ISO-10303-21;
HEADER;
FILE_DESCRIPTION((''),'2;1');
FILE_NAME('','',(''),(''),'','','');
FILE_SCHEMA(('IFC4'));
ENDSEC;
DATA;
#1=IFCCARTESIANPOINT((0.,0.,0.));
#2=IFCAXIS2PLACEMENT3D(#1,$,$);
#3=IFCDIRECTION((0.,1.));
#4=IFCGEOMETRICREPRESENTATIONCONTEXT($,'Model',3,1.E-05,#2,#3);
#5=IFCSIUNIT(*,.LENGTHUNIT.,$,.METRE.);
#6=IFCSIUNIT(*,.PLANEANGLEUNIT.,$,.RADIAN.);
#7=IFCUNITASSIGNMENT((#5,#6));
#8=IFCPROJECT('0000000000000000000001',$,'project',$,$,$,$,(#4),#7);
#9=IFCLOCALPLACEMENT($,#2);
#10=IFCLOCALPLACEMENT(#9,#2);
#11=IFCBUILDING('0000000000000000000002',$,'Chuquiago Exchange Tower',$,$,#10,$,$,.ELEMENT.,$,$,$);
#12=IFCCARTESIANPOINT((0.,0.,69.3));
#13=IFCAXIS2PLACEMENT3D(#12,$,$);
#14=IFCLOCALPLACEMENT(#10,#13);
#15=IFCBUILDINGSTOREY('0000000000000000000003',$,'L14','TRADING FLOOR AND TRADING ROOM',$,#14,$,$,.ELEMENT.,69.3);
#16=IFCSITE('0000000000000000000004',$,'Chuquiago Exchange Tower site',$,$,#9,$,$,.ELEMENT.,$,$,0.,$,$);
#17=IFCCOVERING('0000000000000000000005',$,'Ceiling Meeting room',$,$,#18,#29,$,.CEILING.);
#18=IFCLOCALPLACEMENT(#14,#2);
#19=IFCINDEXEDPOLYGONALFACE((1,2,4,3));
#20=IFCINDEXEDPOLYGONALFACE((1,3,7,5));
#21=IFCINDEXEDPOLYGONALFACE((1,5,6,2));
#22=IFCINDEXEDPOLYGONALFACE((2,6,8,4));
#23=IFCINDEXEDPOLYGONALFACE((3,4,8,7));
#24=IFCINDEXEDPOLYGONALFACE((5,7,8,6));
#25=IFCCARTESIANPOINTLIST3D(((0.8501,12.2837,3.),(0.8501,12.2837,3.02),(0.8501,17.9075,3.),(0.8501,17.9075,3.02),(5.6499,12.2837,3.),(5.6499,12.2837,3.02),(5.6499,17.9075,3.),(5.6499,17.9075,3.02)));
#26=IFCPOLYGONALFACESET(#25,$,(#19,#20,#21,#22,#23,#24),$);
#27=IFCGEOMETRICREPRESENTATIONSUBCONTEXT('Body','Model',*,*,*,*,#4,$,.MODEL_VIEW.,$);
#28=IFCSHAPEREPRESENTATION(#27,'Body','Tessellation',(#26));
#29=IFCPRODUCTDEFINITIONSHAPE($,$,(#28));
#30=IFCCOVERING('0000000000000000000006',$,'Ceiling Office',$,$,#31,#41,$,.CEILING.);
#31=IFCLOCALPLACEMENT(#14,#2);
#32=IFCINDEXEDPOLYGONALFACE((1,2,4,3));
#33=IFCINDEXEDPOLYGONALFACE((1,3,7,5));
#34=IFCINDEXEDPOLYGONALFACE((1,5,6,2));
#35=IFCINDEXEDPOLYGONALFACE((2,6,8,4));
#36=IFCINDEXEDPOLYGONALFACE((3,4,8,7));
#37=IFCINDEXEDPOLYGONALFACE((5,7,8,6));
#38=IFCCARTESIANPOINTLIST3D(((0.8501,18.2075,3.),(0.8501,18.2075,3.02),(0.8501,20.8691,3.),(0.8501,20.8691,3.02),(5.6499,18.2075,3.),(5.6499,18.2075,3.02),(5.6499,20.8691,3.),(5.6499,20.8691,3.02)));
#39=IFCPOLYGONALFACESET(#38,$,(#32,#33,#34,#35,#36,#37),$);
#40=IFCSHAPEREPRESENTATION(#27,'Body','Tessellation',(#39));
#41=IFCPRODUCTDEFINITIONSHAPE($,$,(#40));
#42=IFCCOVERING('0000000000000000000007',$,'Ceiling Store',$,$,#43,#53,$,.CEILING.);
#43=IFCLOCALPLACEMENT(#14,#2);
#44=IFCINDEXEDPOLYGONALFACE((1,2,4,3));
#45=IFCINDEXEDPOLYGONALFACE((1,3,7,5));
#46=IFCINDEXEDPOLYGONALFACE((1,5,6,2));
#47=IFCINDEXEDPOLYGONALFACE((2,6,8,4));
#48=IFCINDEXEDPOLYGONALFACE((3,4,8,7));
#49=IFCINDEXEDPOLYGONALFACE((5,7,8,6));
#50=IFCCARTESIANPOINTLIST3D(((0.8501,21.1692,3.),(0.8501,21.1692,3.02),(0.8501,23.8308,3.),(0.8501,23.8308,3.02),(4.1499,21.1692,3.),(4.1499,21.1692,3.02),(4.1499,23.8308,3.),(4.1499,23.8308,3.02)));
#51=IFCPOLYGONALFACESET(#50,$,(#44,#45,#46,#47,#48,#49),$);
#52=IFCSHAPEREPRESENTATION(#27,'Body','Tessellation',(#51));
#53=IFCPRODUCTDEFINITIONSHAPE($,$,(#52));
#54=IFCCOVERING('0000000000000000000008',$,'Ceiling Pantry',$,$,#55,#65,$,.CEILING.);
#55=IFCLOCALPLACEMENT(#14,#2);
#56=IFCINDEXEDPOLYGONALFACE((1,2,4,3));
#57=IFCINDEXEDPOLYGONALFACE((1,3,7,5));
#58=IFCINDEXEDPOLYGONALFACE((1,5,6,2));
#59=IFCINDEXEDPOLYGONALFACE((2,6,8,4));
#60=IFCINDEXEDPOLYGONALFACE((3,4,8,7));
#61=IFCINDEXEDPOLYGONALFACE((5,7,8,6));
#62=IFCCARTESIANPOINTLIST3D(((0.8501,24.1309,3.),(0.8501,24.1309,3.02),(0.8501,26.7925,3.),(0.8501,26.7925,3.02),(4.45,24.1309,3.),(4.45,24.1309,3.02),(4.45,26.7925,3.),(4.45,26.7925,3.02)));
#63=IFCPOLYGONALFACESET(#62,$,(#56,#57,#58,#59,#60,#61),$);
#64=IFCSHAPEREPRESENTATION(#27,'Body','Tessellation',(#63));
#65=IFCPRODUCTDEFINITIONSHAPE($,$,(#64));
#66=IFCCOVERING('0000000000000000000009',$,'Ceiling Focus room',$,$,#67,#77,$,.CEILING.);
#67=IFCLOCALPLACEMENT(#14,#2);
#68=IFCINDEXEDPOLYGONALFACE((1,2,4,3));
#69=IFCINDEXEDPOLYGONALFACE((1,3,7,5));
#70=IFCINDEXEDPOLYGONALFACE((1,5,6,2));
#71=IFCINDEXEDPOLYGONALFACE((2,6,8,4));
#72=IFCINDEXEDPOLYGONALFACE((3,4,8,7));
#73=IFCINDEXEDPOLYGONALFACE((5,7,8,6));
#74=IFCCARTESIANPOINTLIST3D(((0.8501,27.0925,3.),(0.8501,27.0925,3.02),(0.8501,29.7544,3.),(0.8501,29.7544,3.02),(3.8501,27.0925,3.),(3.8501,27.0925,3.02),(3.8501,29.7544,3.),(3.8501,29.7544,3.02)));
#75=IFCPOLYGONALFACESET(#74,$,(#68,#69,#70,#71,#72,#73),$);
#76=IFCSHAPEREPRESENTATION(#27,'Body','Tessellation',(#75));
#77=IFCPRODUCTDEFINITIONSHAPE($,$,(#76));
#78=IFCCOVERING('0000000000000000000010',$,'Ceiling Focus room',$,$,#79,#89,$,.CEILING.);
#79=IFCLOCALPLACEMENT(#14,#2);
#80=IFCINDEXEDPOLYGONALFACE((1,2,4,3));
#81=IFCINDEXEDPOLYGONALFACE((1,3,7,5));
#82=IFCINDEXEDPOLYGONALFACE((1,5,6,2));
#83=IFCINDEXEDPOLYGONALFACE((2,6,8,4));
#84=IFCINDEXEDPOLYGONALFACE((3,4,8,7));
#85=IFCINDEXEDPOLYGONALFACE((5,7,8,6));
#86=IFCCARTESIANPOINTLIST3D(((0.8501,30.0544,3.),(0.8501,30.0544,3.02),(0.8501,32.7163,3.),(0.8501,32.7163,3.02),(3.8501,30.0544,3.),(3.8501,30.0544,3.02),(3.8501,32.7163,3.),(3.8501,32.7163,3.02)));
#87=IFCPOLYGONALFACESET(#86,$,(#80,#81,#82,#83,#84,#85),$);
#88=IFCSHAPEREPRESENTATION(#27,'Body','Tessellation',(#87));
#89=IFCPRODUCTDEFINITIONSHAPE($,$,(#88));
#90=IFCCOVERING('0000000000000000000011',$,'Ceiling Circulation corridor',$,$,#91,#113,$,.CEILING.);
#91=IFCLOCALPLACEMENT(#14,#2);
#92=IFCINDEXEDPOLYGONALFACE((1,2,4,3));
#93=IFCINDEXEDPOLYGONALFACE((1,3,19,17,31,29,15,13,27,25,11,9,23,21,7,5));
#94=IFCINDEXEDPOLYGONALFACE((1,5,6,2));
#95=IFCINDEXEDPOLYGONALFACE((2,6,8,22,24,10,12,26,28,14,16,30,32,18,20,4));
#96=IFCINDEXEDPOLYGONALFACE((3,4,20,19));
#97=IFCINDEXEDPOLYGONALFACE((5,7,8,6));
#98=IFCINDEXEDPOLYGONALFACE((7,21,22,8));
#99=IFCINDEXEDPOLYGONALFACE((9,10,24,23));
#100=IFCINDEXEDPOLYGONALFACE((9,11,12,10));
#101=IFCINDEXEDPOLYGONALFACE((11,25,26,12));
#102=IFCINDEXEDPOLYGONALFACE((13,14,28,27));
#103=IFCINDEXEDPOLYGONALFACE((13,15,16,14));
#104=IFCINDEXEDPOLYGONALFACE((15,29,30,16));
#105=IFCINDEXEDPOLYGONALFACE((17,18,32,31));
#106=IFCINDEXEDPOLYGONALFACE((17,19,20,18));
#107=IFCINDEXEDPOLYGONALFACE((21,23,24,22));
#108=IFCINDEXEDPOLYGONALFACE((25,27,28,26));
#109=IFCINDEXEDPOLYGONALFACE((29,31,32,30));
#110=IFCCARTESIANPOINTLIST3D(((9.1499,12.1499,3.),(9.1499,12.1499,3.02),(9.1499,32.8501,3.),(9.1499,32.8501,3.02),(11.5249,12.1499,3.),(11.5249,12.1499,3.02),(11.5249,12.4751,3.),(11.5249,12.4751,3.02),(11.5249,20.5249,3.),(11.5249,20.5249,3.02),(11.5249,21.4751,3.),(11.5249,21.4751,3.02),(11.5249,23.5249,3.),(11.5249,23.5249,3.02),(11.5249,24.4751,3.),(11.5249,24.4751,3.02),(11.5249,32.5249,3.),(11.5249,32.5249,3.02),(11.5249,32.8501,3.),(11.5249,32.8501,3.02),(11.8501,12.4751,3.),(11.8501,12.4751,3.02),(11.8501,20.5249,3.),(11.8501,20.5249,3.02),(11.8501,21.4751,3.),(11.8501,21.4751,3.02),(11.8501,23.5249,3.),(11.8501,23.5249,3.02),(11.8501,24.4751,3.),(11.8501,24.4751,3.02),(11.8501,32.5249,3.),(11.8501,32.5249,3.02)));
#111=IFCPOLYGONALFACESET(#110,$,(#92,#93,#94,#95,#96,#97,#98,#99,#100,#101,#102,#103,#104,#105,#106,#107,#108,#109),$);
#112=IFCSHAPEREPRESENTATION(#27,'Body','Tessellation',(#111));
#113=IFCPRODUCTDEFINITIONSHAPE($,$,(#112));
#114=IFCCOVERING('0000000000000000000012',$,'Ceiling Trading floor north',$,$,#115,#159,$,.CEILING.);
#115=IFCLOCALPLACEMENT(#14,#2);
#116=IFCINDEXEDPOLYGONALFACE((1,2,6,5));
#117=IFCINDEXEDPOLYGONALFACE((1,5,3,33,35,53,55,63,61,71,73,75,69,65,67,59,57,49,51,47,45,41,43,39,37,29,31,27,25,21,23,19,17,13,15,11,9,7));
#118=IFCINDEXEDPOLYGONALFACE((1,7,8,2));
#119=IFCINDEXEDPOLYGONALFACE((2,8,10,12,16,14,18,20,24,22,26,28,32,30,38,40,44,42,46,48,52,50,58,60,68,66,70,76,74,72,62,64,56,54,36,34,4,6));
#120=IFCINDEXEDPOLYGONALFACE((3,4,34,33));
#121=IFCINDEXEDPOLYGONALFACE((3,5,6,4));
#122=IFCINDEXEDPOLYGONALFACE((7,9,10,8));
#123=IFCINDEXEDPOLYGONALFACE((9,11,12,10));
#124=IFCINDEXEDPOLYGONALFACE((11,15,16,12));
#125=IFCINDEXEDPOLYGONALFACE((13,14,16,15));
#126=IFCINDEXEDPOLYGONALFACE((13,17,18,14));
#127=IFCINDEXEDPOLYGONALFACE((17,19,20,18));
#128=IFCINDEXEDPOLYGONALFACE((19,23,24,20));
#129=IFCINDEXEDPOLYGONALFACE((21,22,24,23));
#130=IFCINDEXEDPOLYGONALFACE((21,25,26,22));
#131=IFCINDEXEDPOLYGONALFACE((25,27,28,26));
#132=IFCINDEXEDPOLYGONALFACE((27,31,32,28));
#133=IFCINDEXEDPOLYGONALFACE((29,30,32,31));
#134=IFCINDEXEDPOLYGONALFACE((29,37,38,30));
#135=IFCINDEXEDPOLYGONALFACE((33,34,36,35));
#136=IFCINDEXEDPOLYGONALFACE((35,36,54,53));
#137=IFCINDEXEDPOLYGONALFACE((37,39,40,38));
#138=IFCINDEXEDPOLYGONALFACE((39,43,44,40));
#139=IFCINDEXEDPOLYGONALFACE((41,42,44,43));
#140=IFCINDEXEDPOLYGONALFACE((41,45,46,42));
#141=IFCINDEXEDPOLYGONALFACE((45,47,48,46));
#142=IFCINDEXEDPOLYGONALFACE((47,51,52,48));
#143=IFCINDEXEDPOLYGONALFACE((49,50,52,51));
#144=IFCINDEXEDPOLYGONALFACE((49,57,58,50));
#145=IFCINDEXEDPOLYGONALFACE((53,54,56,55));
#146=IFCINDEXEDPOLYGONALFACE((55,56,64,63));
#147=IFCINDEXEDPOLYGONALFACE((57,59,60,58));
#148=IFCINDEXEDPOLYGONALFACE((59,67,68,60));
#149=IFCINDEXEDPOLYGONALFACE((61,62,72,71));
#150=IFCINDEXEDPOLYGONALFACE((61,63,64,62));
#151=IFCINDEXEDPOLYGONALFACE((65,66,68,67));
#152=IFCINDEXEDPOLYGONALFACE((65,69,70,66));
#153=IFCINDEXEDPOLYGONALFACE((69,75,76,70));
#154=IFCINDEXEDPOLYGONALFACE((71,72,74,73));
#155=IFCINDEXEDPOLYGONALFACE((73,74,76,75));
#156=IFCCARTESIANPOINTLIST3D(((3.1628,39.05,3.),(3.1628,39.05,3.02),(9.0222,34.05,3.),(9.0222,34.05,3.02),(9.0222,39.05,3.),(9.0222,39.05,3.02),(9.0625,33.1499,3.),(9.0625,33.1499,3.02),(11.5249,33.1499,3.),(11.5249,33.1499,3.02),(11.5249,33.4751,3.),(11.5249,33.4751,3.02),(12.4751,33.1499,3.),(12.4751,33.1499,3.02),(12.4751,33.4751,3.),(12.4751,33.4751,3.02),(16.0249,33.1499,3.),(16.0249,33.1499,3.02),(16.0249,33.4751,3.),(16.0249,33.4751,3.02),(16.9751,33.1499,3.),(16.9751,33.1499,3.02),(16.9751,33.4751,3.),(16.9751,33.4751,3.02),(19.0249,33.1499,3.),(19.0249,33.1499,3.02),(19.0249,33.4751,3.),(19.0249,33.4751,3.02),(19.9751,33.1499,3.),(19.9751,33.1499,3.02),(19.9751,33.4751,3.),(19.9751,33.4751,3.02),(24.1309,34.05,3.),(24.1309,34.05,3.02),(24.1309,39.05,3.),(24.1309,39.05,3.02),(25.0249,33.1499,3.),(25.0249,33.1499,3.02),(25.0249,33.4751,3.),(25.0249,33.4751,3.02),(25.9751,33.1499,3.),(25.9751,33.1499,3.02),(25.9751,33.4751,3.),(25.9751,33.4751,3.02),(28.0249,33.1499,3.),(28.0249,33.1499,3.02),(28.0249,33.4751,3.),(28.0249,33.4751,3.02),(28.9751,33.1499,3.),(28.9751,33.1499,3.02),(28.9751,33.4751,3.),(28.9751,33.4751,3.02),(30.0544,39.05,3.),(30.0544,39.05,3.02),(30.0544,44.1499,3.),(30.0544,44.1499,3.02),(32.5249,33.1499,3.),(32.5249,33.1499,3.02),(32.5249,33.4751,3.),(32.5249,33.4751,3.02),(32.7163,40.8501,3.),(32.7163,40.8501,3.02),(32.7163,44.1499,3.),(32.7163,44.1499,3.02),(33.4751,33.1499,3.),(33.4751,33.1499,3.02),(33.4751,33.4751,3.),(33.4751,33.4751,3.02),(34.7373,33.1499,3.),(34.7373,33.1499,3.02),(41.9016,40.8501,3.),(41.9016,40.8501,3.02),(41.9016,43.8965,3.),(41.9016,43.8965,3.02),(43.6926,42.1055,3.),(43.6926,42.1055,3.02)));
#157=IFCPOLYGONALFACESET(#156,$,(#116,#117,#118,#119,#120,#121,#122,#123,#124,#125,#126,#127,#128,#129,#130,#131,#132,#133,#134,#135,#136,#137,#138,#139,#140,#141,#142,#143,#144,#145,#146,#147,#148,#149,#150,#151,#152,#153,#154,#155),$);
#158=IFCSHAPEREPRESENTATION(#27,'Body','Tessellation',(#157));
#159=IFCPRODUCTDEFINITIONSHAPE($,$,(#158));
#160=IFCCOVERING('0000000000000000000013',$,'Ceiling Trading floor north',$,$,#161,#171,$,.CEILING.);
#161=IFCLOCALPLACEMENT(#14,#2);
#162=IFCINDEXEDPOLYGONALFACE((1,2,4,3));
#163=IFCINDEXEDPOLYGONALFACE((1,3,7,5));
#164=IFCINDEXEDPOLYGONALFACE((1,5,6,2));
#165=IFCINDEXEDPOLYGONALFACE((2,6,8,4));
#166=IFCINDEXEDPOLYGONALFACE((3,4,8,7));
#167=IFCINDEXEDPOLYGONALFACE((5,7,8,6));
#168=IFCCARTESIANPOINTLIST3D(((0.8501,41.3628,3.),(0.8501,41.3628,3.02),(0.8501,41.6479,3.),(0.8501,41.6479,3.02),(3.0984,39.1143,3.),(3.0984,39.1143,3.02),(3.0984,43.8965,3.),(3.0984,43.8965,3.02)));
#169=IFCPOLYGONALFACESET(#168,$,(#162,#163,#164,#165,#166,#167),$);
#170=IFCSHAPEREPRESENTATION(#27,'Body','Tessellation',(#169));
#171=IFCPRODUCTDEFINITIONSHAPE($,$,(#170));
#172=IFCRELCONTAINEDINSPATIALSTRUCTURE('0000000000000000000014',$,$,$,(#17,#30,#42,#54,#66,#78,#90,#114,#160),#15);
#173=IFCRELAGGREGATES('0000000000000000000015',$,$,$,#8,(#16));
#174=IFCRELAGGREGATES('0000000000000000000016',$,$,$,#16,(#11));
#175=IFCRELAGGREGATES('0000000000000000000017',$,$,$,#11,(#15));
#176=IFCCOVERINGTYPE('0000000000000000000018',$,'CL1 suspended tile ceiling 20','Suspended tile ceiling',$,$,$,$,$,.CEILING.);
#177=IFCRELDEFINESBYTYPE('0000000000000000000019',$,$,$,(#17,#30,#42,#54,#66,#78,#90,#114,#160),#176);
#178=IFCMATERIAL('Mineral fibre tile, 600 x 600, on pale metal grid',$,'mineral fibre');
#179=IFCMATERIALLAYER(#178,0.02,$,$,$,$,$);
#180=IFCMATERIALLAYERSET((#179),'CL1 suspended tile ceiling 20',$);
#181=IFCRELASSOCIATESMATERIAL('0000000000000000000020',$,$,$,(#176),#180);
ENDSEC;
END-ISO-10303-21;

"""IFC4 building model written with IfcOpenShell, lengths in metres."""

from ifc_helpers import new_model, si_unit, direction, frame, origin, place, context, subcontext, project, spatial, polyline, outline, extrude, material, layer, layer_set, type_object, element, save


model = new_model("IFC4")

# Units and contexts
model_context = context("Model", 3, precision=1e-05, world=origin(), true_north=direction((0.0, 1.0)))
body_context = subcontext(model_context, "Body", "Model", "MODEL_VIEW")
ifc_project = project(units=[si_unit("LENGTHUNIT", "METRE"), si_unit("PLANEANGLEUNIT", "RADIAN")], contexts=[model_context])

# Site, building, storey
site_placement = place(None, origin())
site = spatial("IfcSite", under=ifc_project, at=site_placement, Name="Chuquiago Exchange Tower site", CompositionType="ELEMENT", RefElevation=0.0)
building_placement = place(site_placement, origin())
building = spatial("IfcBuilding", under=site, at=building_placement, Name="Chuquiago Exchange Tower", CompositionType="ELEMENT")
storey_placement = place(building_placement, frame((0.0, 0.0, 69.3)))
storey = spatial("IfcBuildingStorey", under=building, at=storey_placement, Name="L14", Description="TRADING FLOOR AND TRADING ROOM", CompositionType="ELEMENT", Elevation=69.3)

# Coverings
ifc_material_1 = material(Name="Mineral fibre tile, 600 x 600, on pale metal grid", Category="mineral fibre")
ifc_layer_1 = layer(ifc_material_1, 0.02)
ifc_layer_set_1 = layer_set([ifc_layer_1], Name="CL1 suspended tile ceiling 20")
covering_type_1 = type_object("IfcCoveringType", Name="CL1 suspended tile ceiling 20", Description="Suspended tile ceiling", PredefinedType="CEILING", material=ifc_layer_set_1)
covering_1_placement = place(storey_placement, frame((0.0, 0.0, 3.0)))
element("IfcCovering", 1, at=covering_1_placement, inside=storey, type_object=covering_type_1, Name="Ceiling Meeting room", PredefinedType="CEILING", context=body_context, shape_type="SweptSolid", body=[
    extrude(outline(polyline([(5.6499, 17.9075), (5.6499, 12.2837), (0.8501, 12.2837), (0.8501, 17.9075), (5.6499, 17.9075)])), origin(), (0.0, 0.0, 1.0), 0.02),
])
covering_2_placement = place(storey_placement, frame((0.0, 0.0, 3.0)))
element("IfcCovering", 2, at=covering_2_placement, inside=storey, type_object=covering_type_1, Name="Ceiling Office", PredefinedType="CEILING", context=body_context, shape_type="SweptSolid", body=[
    extrude(outline(polyline([(5.6499, 20.8691), (5.6499, 18.2075), (0.8501, 18.2075), (0.8501, 20.8691), (5.6499, 20.8691)])), origin(), (0.0, 0.0, 1.0), 0.02),
])
covering_3_placement = place(storey_placement, frame((0.0, 0.0, 3.0)))
element("IfcCovering", 3, at=covering_3_placement, inside=storey, type_object=covering_type_1, Name="Ceiling Store", PredefinedType="CEILING", context=body_context, shape_type="SweptSolid", body=[
    extrude(outline(polyline([(4.1499, 23.8308), (4.1499, 21.1692), (0.8501, 21.1692), (0.8501, 23.8308), (4.1499, 23.8308)])), origin(), (0.0, 0.0, 1.0), 0.02),
])
covering_4_placement = place(storey_placement, frame((0.0, 0.0, 3.0)))
element("IfcCovering", 4, at=covering_4_placement, inside=storey, type_object=covering_type_1, Name="Ceiling Pantry", PredefinedType="CEILING", context=body_context, shape_type="SweptSolid", body=[
    extrude(outline(polyline([(4.45, 26.7925), (4.45, 24.1309), (0.8501, 24.1309), (0.8501, 26.7925), (4.45, 26.7925)])), origin(), (0.0, 0.0, 1.0), 0.02),
])
covering_5_placement = place(storey_placement, frame((0.0, 0.0, 3.0)))
element("IfcCovering", 5, at=covering_5_placement, inside=storey, type_object=covering_type_1, Name="Ceiling Focus room", PredefinedType="CEILING", context=body_context, shape_type="SweptSolid", body=[
    extrude(outline(polyline([(3.8501, 29.7544), (3.8501, 27.0925), (0.8501, 27.0925), (0.8501, 29.7544), (3.8501, 29.7544)])), origin(), (0.0, 0.0, 1.0), 0.02),
])
covering_6_placement = place(storey_placement, frame((0.0, 0.0, 3.0)))
element("IfcCovering", 6, at=covering_6_placement, inside=storey, type_object=covering_type_1, Name="Ceiling Focus room", PredefinedType="CEILING", context=body_context, shape_type="SweptSolid", body=[
    extrude(outline(polyline([(3.8501, 32.7163), (3.8501, 30.0544), (0.8501, 30.0544), (0.8501, 32.7163), (3.8501, 32.7163)])), origin(), (0.0, 0.0, 1.0), 0.02),
])
covering_7_placement = place(storey_placement, frame((0.0, 0.0, 3.0)))
element("IfcCovering", 7, at=covering_7_placement, inside=storey, type_object=covering_type_1, Name="Ceiling Circulation corridor", PredefinedType="CEILING", context=body_context, shape_type="SweptSolid", body=[
    extrude(outline(polyline([(9.1499, 12.1499), (9.1499, 32.8501), (11.5249, 32.8501), (11.5249, 32.5249), (11.8501, 32.5249), (11.8501, 24.4751), (11.5249, 24.4751), (11.5249, 23.5249), (11.8501, 23.5249), (11.8501, 21.4751), (11.5249, 21.4751), (11.5249, 20.5249), (11.8501, 20.5249), (11.8501, 12.4751), (11.5249, 12.4751), (11.5249, 12.1499), (9.1499, 12.1499)])), origin(), (0.0, 0.0, 1.0), 0.02),
])
covering_8_placement = place(storey_placement, frame((0.0, 0.0, 3.0)))
element("IfcCovering", 8, at=covering_8_placement, inside=storey, type_object=covering_type_1, Name="Ceiling Trading floor north", PredefinedType="CEILING", context=body_context, shape_type="SweptSolid", body=[
    extrude(outline(polyline([(9.0222, 39.05), (9.0222, 34.05), (24.1309, 34.05), (24.1309, 39.05), (30.0544, 39.05), (30.0544, 44.1499), (32.7163, 44.1499), (32.7163, 40.8501), (41.9016, 40.8501), (41.9016, 43.8965), (43.6926, 42.1055), (34.7373, 33.1499), (33.4751, 33.1499), (33.4751, 33.4751), (32.5249, 33.4751), (32.5249, 33.1499), (28.9751, 33.1499), (28.9751, 33.4751), (28.0249, 33.4751), (28.0249, 33.1499), (25.9751, 33.1499), (25.9751, 33.4751), (25.0249, 33.4751), (25.0249, 33.1499), (19.9751, 33.1499), (19.9751, 33.4751), (19.0249, 33.4751), (19.0249, 33.1499), (16.9751, 33.1499), (16.9751, 33.4751), (16.0249, 33.4751), (16.0249, 33.1499), (12.4751, 33.1499), (12.4751, 33.4751), (11.5249, 33.4751), (11.5249, 33.1499), (9.0625, 33.1499), (3.1628, 39.05), (9.0222, 39.05)])), origin(), (0.0, 0.0, 1.0), 0.02),
])
covering_9_placement = place(storey_placement, frame((0.0, 0.0, 3.0)))
element("IfcCovering", 9, at=covering_9_placement, inside=storey, type_object=covering_type_1, Name="Ceiling Trading floor north", PredefinedType="CEILING", context=body_context, shape_type="SweptSolid", body=[
    extrude(outline(polyline([(3.0984, 43.8965), (3.0984, 39.1143), (0.8501, 41.3628), (0.8501, 41.6479), (3.0984, 43.8965)])), origin(), (0.0, 0.0, 1.0), 0.02),
])

save(model, "model.ifc")
